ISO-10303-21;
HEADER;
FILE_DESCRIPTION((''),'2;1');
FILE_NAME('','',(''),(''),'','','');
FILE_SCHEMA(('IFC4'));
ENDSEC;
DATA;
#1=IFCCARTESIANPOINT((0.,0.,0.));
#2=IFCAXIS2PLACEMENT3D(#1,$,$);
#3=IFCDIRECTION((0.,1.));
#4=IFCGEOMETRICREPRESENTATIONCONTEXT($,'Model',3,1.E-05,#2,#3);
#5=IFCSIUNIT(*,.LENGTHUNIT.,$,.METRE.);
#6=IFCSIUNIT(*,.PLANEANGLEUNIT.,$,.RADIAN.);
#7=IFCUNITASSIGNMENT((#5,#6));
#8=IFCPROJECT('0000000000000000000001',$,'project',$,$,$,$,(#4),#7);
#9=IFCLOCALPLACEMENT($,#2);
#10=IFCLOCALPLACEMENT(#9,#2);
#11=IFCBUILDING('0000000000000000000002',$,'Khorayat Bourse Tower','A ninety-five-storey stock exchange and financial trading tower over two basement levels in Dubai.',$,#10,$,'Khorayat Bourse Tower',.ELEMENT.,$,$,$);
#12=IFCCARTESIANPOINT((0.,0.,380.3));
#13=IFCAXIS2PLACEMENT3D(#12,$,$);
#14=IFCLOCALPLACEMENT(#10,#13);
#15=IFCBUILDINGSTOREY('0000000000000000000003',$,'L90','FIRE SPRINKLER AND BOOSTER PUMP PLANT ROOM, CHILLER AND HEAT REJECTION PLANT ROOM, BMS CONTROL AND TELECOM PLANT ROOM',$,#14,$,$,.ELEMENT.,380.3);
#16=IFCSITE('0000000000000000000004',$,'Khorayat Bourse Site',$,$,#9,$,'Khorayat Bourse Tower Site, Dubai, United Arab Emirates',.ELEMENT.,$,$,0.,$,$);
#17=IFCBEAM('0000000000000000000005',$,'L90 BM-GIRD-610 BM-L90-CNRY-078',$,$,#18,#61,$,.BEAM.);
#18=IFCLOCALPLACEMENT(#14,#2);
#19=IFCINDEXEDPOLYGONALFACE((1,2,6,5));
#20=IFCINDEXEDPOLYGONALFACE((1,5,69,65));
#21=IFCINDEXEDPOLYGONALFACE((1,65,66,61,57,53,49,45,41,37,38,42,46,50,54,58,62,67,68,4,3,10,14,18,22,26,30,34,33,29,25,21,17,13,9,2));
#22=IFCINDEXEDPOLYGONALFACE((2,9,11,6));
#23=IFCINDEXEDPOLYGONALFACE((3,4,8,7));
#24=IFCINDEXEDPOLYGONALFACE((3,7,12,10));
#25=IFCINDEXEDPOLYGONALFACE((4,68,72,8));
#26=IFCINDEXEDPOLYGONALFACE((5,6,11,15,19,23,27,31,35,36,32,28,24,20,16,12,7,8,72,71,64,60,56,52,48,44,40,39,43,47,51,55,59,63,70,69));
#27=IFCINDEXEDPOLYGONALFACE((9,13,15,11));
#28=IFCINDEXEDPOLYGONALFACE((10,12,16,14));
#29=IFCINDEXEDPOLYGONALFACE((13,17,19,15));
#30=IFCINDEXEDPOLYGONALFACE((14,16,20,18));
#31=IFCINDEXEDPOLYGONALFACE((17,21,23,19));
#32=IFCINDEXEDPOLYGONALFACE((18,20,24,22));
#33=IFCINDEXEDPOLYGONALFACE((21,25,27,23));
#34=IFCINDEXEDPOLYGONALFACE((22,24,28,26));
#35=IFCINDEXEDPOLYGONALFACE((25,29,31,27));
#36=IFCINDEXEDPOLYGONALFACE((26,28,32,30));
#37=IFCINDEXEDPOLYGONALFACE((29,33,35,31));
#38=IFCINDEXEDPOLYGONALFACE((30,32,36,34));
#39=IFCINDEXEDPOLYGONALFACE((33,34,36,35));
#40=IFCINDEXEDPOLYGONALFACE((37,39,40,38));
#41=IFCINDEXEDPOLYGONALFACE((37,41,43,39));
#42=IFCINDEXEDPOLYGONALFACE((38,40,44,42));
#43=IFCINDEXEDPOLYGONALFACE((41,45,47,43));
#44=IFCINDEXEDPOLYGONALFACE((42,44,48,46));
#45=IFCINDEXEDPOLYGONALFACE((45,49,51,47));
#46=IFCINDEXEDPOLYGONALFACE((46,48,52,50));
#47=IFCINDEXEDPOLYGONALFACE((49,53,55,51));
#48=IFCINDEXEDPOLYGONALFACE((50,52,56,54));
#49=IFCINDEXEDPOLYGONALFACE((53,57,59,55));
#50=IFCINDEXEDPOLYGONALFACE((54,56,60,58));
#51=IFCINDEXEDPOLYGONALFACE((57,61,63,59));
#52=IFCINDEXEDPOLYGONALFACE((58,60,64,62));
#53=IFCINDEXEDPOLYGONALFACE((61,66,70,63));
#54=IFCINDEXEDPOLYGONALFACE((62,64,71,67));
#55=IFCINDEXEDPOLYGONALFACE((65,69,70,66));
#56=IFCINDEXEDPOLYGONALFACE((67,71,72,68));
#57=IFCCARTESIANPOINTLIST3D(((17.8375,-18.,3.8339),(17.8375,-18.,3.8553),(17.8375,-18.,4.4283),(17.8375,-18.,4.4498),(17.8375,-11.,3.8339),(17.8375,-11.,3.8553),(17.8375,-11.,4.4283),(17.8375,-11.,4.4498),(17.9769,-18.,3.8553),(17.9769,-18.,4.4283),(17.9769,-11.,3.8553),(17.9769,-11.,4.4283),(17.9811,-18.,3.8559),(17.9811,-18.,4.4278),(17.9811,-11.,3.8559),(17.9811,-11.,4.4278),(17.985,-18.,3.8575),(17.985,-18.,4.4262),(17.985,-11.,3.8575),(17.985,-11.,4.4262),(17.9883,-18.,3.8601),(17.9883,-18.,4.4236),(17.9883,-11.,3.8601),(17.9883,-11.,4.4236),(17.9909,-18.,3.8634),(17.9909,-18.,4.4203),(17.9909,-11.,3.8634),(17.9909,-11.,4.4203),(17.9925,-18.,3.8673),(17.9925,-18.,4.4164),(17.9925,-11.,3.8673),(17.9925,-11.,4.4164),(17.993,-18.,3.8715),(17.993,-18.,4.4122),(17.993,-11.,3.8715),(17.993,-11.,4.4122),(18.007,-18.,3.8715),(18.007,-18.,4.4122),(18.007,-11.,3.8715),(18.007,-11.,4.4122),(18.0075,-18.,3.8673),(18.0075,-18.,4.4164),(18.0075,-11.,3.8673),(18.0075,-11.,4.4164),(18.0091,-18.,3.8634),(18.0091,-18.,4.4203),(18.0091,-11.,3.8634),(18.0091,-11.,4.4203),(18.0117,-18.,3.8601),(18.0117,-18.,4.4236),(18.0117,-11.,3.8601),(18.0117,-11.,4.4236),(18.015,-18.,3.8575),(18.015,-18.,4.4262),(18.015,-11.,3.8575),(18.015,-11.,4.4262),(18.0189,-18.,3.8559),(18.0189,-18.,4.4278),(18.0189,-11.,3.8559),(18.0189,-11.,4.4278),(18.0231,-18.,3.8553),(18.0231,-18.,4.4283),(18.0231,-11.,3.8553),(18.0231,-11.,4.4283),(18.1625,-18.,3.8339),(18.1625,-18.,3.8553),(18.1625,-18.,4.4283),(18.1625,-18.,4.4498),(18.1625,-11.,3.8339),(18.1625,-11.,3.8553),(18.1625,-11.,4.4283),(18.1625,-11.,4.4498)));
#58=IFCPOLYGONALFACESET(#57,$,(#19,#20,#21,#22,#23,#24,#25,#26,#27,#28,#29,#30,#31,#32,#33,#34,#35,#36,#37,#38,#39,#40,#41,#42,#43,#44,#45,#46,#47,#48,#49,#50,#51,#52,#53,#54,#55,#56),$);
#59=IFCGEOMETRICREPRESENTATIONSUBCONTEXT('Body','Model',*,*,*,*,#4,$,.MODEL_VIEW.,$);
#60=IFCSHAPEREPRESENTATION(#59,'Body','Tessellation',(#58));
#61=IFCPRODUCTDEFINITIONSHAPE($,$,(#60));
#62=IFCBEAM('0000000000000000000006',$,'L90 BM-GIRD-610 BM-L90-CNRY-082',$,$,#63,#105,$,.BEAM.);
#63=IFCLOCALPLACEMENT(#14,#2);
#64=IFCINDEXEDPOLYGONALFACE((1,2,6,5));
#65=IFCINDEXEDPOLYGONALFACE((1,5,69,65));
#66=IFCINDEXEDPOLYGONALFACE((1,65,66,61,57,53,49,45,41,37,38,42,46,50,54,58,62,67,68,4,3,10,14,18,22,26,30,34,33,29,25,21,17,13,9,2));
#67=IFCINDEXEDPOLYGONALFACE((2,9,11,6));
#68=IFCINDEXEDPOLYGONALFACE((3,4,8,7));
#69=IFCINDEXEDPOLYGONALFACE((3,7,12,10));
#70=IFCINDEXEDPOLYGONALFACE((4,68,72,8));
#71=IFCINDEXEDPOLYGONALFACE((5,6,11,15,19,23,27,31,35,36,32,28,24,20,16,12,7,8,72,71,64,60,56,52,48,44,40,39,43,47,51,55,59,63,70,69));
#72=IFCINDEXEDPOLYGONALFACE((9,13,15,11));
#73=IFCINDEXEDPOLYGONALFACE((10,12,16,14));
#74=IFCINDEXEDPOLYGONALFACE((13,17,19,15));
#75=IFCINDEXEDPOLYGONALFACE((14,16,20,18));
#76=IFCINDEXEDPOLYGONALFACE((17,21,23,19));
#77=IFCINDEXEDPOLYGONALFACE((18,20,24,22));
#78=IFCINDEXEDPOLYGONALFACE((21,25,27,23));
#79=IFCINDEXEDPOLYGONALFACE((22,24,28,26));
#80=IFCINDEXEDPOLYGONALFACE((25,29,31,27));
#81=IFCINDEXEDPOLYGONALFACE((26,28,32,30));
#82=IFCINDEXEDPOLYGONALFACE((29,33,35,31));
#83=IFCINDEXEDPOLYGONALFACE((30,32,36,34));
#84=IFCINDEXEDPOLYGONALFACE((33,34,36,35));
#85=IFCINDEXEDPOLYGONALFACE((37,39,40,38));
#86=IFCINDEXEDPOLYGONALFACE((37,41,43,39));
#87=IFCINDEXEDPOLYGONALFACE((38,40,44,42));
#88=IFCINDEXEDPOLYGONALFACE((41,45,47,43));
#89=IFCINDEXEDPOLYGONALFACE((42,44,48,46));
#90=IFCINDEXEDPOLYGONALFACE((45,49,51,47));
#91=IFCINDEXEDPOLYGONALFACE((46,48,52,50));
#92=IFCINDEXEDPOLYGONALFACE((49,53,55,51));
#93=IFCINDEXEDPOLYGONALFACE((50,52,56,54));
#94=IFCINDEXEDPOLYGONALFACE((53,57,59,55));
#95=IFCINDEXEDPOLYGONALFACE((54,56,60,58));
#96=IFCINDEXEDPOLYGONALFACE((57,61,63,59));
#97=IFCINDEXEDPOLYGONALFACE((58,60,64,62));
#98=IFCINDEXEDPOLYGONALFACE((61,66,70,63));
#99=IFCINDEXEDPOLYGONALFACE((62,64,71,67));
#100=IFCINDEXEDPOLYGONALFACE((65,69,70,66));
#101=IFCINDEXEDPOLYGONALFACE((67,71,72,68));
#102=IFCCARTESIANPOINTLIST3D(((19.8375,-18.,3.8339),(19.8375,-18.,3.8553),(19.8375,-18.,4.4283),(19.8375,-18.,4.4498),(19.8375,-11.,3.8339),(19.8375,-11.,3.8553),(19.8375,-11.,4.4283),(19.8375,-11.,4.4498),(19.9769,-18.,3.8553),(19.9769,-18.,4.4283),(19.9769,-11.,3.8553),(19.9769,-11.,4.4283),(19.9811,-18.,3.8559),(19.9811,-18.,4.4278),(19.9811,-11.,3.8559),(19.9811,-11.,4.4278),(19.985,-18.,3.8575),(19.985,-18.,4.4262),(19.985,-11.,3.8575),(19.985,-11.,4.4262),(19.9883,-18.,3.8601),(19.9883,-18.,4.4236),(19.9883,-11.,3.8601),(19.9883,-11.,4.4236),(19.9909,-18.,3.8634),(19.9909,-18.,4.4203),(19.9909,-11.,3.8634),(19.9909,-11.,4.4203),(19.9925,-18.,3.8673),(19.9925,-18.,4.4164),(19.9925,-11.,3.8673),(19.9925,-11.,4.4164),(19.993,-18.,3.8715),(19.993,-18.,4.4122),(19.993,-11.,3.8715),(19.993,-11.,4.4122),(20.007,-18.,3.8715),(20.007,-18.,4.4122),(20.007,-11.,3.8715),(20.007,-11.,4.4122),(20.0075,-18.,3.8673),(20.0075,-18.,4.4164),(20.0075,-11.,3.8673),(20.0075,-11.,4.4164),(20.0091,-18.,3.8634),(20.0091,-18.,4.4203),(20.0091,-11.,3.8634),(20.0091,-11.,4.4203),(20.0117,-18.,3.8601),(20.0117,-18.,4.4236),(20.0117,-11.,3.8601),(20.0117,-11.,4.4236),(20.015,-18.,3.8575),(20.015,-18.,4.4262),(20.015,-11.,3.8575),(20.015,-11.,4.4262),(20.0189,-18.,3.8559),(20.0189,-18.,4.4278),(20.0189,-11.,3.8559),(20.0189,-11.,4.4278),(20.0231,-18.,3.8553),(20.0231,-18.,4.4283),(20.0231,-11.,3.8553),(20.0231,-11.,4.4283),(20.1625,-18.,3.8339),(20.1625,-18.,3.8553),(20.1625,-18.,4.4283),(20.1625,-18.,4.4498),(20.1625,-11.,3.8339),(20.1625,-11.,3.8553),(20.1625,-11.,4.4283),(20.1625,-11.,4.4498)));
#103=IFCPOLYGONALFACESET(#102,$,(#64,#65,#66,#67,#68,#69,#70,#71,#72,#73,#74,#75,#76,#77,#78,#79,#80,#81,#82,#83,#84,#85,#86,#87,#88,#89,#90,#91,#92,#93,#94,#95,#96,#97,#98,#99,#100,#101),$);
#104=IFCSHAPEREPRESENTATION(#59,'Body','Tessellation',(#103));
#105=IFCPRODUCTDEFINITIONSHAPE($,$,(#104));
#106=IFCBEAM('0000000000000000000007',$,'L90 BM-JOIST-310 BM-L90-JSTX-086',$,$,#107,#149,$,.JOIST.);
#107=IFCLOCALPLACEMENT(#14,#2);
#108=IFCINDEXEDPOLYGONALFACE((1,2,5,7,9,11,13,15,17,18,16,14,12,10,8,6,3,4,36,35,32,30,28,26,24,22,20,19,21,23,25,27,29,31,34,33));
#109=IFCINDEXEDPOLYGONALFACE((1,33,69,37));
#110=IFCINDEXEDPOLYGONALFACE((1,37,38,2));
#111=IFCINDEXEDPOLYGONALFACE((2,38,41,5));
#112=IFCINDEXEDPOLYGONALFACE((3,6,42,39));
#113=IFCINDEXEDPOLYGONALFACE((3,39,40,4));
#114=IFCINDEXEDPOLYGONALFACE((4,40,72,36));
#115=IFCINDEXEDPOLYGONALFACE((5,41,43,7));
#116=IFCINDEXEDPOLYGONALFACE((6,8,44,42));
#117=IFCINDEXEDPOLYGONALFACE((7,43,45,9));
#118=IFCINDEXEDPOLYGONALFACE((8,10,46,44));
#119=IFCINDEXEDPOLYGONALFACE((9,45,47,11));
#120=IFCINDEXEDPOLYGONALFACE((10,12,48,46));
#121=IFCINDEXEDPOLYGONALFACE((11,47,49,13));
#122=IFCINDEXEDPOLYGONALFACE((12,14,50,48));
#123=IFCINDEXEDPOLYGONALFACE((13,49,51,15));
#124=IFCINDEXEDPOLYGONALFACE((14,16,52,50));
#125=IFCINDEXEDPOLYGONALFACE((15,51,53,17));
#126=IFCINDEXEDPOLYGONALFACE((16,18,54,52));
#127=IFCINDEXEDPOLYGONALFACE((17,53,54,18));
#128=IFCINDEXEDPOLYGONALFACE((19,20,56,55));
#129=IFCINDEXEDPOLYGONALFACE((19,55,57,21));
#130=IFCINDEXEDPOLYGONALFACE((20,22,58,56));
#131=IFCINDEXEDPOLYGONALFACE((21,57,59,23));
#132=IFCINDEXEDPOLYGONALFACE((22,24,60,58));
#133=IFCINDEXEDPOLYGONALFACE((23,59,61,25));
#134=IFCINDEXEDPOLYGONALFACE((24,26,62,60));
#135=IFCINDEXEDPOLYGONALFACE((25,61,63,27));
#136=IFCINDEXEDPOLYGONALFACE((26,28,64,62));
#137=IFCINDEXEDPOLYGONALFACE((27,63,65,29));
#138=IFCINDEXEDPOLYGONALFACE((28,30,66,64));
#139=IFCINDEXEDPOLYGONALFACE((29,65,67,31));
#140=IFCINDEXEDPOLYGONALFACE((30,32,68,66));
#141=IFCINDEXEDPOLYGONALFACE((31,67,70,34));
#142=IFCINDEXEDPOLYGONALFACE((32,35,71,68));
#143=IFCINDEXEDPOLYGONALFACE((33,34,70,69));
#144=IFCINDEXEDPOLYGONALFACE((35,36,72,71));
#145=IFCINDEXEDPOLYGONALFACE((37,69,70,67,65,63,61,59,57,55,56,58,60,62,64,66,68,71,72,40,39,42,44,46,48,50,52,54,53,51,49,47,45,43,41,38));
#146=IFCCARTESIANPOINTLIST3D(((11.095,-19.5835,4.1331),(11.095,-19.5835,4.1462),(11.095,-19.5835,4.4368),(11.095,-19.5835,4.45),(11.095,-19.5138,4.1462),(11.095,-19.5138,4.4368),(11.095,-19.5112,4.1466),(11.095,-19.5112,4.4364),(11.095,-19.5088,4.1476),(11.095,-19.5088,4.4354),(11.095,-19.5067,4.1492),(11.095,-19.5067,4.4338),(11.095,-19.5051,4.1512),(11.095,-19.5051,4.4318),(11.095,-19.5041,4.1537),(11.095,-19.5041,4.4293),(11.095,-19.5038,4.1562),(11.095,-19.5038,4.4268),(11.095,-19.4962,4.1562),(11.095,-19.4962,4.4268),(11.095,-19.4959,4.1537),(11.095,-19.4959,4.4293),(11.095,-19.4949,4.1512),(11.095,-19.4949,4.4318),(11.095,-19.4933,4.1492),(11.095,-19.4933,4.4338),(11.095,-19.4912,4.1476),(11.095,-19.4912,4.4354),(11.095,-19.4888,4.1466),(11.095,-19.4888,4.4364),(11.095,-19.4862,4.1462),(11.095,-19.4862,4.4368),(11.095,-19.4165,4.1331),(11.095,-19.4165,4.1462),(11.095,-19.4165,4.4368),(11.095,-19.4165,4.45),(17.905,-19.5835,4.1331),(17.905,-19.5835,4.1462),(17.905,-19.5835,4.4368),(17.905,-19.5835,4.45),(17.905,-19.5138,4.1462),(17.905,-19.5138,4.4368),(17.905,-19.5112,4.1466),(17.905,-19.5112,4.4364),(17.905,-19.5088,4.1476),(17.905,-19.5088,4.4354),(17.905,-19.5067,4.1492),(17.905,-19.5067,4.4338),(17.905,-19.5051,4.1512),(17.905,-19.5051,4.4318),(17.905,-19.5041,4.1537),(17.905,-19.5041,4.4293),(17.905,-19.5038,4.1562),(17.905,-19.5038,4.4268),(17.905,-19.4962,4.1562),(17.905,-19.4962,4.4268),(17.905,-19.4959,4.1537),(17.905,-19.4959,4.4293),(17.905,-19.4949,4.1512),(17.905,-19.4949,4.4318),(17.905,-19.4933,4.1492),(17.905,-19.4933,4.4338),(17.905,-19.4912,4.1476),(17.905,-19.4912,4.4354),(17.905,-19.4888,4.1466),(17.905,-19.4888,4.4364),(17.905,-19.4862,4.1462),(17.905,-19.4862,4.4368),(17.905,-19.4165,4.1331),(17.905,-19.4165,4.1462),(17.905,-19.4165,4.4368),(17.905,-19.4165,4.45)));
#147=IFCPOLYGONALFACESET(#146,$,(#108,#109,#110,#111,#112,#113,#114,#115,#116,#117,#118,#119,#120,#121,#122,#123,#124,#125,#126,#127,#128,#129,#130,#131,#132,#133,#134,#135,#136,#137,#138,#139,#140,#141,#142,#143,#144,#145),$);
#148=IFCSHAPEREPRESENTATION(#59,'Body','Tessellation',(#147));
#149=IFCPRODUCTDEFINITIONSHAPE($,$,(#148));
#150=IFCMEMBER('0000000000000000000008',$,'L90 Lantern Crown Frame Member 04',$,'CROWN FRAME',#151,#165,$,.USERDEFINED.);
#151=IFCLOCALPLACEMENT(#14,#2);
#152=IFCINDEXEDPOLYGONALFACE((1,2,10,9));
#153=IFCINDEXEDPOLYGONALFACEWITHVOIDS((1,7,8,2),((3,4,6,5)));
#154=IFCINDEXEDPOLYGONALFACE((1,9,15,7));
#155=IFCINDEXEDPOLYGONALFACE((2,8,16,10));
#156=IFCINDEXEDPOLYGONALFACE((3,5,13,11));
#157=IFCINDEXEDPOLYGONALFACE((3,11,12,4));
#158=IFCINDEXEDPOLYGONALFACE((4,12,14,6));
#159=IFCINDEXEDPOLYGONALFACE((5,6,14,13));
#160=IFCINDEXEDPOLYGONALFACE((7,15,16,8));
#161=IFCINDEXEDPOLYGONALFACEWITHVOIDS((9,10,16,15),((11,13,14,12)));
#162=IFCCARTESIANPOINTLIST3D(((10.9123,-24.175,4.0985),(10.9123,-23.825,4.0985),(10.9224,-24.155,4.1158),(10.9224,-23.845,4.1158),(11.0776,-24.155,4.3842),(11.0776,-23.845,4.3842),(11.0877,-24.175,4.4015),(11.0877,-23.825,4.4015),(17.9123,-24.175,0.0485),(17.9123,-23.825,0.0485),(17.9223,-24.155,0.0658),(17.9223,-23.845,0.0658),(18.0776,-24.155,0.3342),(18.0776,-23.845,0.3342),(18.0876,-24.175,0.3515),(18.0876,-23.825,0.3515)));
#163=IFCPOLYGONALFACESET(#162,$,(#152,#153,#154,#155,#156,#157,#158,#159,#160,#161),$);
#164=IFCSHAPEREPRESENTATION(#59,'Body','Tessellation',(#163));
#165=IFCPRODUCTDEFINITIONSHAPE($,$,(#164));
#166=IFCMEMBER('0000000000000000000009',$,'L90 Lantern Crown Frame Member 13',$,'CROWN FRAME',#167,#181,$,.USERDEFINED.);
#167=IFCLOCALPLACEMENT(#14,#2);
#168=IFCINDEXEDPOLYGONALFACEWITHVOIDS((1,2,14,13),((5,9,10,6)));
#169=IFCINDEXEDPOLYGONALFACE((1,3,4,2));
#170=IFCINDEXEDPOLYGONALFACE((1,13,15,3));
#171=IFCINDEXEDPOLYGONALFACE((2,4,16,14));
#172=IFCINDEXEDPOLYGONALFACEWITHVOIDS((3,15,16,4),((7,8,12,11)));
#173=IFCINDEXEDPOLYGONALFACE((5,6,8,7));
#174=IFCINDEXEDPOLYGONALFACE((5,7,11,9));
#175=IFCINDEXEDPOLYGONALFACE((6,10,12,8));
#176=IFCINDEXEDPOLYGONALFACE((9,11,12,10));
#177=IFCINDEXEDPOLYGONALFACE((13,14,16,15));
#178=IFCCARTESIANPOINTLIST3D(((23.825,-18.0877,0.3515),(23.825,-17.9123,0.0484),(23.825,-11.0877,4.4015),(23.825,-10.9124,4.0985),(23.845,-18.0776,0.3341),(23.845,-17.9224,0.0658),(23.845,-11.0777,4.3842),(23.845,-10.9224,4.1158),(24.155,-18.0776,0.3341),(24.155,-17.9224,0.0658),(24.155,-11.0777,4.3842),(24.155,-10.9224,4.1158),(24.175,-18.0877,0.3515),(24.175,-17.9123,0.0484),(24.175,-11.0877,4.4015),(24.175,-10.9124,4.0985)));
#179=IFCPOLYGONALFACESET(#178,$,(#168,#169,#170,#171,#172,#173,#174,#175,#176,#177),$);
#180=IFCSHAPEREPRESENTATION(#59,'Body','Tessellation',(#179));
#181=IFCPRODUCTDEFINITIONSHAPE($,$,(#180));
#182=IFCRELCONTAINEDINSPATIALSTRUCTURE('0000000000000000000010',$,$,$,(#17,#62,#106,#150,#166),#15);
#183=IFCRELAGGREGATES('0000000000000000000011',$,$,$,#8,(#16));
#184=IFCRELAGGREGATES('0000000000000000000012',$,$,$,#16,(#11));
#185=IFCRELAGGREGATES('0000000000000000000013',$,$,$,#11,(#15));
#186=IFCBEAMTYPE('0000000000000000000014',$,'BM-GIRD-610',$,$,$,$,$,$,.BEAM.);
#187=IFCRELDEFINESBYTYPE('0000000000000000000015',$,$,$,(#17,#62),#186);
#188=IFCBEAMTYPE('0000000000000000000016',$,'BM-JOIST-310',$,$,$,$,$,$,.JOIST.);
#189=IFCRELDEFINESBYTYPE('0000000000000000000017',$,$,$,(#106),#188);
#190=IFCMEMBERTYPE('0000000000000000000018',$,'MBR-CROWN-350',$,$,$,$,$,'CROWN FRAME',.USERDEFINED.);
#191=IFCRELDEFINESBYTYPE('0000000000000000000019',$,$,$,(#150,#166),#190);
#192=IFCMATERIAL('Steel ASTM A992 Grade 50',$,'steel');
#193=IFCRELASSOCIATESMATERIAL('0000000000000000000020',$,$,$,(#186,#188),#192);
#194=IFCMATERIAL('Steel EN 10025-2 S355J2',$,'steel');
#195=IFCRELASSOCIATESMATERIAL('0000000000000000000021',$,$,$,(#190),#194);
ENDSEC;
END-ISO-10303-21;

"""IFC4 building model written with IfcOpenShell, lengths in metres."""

from ifc_helpers import new_model, si_unit, direction, frame, origin, origin_2d, place, context, subcontext, project, spatial, hollow_rectangle, i_section, extrude, source, transform, mapped, material, material_profile, profile_set, type_object, element, save


model = new_model("IFC4")

# Units and contexts
model_context = context("Model", 3, precision=1e-05, world=origin(), true_north=direction((0.0, 1.0)))
body_context = subcontext(model_context, "Body", "Model", "MODEL_VIEW")
ifc_project = project(units=[si_unit("LENGTHUNIT", "METRE"), si_unit("PLANEANGLEUNIT", "RADIAN")], contexts=[model_context])

# Site, building, storey
site_placement = place(None, origin())
site = spatial("IfcSite", under=ifc_project, at=site_placement, Name="Khorayat Bourse Site", LongName="Khorayat Bourse Tower Site, Dubai, United Arab Emirates", CompositionType="ELEMENT", RefElevation=0.0)
building_placement = place(site_placement, origin())
building = spatial("IfcBuilding", under=site, at=building_placement, Name="Khorayat Bourse Tower", Description="A ninety-five-storey stock exchange and financial trading tower over two basement levels in Dubai.", LongName="Khorayat Bourse Tower", CompositionType="ELEMENT")
storey_placement = place(building_placement, frame((0.0, 0.0, 380.3)))
storey = spatial("IfcBuildingStorey", under=building, at=storey_placement, Name="L90", Description="FIRE SPRINKLER AND BOOSTER PUMP PLANT ROOM, CHILLER AND HEAT REJECTION PLANT ROOM, BMS CONTROL AND TELECOM PLANT ROOM", CompositionType="ELEMENT", Elevation=380.3)

# Shared definitions
ifc_material_1 = material(Name="Steel EN 10025-2 S355J2", Category="steel")

# Beams
ifc_material_2 = material(Name="Steel ASTM A992 Grade 50", Category="steel")
ifc_material_profile_1 = material_profile(ifc_material_2, i_section(OverallWidth=0.325, OverallDepth=0.616, WebThickness=0.0139, FlangeThickness=0.0215, FilletRadius=0.0161, at=origin_2d()), Name="W610X174")
ifc_profile_set_1 = profile_set([ifc_material_profile_1], Name="Steel ASTM A992 Grade 50")
beam_type_1 = type_object("IfcBeamType", Name="BM-GIRD-610", PredefinedType="BEAM", material=ifc_profile_set_1)
shared_shape_1 = source(origin(), body_context, "Body", "SweptSolid", [
    extrude(i_section(OverallWidth=0.325, OverallDepth=0.616, WebThickness=0.0139, FlangeThickness=0.0215, FilletRadius=0.0161, at=origin_2d()), origin(), (0.0, 0.0, 1.0), 7.0),
])
for number, where, z_axis, x_axis, name in (
    (1, (18.0, -18.0, 4.1418), (0.0, 1.0, 0.0), (-1.0, 0.0, 0.0), "L90 BM-GIRD-610 BM-L90-CNRY-078"),
    (2, (20.0, -18.0, 4.1418), (0.0, 1.0, 0.0), (-1.0, 0.0, 0.0), "L90 BM-GIRD-610 BM-L90-CNRY-082"),
):
    element("IfcBeam", number, at=place(storey_placement, frame(where, z_axis=z_axis, x_axis=x_axis)), inside=storey, type_object=beam_type_1, Name=name, PredefinedType="BEAM", context=body_context, shape_type="MappedRepresentation", body=[
        mapped(shared_shape_1, transform((0.0, 0.0, 0.0), scale=1.0)),
    ])
ifc_material_profile_2 = material_profile(ifc_material_2, i_section(OverallWidth=0.167, OverallDepth=0.3169, WebThickness=0.0076, FlangeThickness=0.0132, FilletRadius=0.01, at=origin_2d()), Name="W310X52")
ifc_profile_set_2 = profile_set([ifc_material_profile_2], Name="Steel ASTM A992 Grade 50")
beam_type_2 = type_object("IfcBeamType", Name="BM-JOIST-310", PredefinedType="JOIST", material=ifc_profile_set_2)
shared_shape_2 = source(origin(), body_context, "Body", "SweptSolid", [
    extrude(i_section(OverallWidth=0.167, OverallDepth=0.3169, WebThickness=0.0076, FlangeThickness=0.0132, FilletRadius=0.01, at=origin_2d()), origin(), (0.0, 0.0, 1.0), 6.8101),
])
beam_1_placement = place(storey_placement, frame((11.095, -19.5, 4.2915), z_axis=(1.0, 0.0, 0.0), x_axis=(0.0, 1.0, 0.0)))
element("IfcBeam", 3, at=beam_1_placement, inside=storey, type_object=beam_type_2, Name="L90 BM-JOIST-310 BM-L90-JSTX-086", PredefinedType="JOIST", context=body_context, shape_type="MappedRepresentation", body=[
    mapped(shared_shape_2, transform((0.0, 0.0, 0.0), scale=1.0)),
])

# Members
ifc_material_profile_3 = material_profile(ifc_material_1, hollow_rectangle(XDim=0.3501, YDim=0.3501, WallThickness=0.02, at=origin_2d()), Name="HSS 350x350x20")
ifc_profile_set_3 = profile_set([ifc_material_profile_3], Name="Steel EN 10025-2 S355J2")
member_type_1 = type_object("IfcMemberType", Name="MBR-CROWN-350", ElementType="CROWN FRAME", PredefinedType="USERDEFINED", material=ifc_profile_set_3)
shared_shape_3 = source(origin(), body_context, "Body", "SweptSolid", [
    extrude(hollow_rectangle(XDim=0.3501, YDim=0.3501, WallThickness=0.02, at=origin_2d()), origin(), (0.0, 0.0, 1.0), 8.0872),
])
for number, where, z_axis, x_axis, name in (
    (4, (11.0, -24.0, 4.25), (0.865565, 0.0, -0.500797), (0.0, 1.0, 0.0), "L90 Lantern Crown Frame Member 04"),
    (5, (24.0, -18.0, 0.2), (0.0, 0.865565, 0.500797), (-1.0, 0.0, 0.0), "L90 Lantern Crown Frame Member 13"),
):
    element("IfcMember", number, at=place(storey_placement, frame(where, z_axis=z_axis, x_axis=x_axis)), inside=storey, type_object=member_type_1, Name=name, ObjectType="CROWN FRAME", PredefinedType="USERDEFINED", context=body_context, shape_type="MappedRepresentation", body=[
        mapped(shared_shape_3, transform((0.0, 0.0, 0.0), scale=1.0)),
    ])

save(model, "model.ifc")
